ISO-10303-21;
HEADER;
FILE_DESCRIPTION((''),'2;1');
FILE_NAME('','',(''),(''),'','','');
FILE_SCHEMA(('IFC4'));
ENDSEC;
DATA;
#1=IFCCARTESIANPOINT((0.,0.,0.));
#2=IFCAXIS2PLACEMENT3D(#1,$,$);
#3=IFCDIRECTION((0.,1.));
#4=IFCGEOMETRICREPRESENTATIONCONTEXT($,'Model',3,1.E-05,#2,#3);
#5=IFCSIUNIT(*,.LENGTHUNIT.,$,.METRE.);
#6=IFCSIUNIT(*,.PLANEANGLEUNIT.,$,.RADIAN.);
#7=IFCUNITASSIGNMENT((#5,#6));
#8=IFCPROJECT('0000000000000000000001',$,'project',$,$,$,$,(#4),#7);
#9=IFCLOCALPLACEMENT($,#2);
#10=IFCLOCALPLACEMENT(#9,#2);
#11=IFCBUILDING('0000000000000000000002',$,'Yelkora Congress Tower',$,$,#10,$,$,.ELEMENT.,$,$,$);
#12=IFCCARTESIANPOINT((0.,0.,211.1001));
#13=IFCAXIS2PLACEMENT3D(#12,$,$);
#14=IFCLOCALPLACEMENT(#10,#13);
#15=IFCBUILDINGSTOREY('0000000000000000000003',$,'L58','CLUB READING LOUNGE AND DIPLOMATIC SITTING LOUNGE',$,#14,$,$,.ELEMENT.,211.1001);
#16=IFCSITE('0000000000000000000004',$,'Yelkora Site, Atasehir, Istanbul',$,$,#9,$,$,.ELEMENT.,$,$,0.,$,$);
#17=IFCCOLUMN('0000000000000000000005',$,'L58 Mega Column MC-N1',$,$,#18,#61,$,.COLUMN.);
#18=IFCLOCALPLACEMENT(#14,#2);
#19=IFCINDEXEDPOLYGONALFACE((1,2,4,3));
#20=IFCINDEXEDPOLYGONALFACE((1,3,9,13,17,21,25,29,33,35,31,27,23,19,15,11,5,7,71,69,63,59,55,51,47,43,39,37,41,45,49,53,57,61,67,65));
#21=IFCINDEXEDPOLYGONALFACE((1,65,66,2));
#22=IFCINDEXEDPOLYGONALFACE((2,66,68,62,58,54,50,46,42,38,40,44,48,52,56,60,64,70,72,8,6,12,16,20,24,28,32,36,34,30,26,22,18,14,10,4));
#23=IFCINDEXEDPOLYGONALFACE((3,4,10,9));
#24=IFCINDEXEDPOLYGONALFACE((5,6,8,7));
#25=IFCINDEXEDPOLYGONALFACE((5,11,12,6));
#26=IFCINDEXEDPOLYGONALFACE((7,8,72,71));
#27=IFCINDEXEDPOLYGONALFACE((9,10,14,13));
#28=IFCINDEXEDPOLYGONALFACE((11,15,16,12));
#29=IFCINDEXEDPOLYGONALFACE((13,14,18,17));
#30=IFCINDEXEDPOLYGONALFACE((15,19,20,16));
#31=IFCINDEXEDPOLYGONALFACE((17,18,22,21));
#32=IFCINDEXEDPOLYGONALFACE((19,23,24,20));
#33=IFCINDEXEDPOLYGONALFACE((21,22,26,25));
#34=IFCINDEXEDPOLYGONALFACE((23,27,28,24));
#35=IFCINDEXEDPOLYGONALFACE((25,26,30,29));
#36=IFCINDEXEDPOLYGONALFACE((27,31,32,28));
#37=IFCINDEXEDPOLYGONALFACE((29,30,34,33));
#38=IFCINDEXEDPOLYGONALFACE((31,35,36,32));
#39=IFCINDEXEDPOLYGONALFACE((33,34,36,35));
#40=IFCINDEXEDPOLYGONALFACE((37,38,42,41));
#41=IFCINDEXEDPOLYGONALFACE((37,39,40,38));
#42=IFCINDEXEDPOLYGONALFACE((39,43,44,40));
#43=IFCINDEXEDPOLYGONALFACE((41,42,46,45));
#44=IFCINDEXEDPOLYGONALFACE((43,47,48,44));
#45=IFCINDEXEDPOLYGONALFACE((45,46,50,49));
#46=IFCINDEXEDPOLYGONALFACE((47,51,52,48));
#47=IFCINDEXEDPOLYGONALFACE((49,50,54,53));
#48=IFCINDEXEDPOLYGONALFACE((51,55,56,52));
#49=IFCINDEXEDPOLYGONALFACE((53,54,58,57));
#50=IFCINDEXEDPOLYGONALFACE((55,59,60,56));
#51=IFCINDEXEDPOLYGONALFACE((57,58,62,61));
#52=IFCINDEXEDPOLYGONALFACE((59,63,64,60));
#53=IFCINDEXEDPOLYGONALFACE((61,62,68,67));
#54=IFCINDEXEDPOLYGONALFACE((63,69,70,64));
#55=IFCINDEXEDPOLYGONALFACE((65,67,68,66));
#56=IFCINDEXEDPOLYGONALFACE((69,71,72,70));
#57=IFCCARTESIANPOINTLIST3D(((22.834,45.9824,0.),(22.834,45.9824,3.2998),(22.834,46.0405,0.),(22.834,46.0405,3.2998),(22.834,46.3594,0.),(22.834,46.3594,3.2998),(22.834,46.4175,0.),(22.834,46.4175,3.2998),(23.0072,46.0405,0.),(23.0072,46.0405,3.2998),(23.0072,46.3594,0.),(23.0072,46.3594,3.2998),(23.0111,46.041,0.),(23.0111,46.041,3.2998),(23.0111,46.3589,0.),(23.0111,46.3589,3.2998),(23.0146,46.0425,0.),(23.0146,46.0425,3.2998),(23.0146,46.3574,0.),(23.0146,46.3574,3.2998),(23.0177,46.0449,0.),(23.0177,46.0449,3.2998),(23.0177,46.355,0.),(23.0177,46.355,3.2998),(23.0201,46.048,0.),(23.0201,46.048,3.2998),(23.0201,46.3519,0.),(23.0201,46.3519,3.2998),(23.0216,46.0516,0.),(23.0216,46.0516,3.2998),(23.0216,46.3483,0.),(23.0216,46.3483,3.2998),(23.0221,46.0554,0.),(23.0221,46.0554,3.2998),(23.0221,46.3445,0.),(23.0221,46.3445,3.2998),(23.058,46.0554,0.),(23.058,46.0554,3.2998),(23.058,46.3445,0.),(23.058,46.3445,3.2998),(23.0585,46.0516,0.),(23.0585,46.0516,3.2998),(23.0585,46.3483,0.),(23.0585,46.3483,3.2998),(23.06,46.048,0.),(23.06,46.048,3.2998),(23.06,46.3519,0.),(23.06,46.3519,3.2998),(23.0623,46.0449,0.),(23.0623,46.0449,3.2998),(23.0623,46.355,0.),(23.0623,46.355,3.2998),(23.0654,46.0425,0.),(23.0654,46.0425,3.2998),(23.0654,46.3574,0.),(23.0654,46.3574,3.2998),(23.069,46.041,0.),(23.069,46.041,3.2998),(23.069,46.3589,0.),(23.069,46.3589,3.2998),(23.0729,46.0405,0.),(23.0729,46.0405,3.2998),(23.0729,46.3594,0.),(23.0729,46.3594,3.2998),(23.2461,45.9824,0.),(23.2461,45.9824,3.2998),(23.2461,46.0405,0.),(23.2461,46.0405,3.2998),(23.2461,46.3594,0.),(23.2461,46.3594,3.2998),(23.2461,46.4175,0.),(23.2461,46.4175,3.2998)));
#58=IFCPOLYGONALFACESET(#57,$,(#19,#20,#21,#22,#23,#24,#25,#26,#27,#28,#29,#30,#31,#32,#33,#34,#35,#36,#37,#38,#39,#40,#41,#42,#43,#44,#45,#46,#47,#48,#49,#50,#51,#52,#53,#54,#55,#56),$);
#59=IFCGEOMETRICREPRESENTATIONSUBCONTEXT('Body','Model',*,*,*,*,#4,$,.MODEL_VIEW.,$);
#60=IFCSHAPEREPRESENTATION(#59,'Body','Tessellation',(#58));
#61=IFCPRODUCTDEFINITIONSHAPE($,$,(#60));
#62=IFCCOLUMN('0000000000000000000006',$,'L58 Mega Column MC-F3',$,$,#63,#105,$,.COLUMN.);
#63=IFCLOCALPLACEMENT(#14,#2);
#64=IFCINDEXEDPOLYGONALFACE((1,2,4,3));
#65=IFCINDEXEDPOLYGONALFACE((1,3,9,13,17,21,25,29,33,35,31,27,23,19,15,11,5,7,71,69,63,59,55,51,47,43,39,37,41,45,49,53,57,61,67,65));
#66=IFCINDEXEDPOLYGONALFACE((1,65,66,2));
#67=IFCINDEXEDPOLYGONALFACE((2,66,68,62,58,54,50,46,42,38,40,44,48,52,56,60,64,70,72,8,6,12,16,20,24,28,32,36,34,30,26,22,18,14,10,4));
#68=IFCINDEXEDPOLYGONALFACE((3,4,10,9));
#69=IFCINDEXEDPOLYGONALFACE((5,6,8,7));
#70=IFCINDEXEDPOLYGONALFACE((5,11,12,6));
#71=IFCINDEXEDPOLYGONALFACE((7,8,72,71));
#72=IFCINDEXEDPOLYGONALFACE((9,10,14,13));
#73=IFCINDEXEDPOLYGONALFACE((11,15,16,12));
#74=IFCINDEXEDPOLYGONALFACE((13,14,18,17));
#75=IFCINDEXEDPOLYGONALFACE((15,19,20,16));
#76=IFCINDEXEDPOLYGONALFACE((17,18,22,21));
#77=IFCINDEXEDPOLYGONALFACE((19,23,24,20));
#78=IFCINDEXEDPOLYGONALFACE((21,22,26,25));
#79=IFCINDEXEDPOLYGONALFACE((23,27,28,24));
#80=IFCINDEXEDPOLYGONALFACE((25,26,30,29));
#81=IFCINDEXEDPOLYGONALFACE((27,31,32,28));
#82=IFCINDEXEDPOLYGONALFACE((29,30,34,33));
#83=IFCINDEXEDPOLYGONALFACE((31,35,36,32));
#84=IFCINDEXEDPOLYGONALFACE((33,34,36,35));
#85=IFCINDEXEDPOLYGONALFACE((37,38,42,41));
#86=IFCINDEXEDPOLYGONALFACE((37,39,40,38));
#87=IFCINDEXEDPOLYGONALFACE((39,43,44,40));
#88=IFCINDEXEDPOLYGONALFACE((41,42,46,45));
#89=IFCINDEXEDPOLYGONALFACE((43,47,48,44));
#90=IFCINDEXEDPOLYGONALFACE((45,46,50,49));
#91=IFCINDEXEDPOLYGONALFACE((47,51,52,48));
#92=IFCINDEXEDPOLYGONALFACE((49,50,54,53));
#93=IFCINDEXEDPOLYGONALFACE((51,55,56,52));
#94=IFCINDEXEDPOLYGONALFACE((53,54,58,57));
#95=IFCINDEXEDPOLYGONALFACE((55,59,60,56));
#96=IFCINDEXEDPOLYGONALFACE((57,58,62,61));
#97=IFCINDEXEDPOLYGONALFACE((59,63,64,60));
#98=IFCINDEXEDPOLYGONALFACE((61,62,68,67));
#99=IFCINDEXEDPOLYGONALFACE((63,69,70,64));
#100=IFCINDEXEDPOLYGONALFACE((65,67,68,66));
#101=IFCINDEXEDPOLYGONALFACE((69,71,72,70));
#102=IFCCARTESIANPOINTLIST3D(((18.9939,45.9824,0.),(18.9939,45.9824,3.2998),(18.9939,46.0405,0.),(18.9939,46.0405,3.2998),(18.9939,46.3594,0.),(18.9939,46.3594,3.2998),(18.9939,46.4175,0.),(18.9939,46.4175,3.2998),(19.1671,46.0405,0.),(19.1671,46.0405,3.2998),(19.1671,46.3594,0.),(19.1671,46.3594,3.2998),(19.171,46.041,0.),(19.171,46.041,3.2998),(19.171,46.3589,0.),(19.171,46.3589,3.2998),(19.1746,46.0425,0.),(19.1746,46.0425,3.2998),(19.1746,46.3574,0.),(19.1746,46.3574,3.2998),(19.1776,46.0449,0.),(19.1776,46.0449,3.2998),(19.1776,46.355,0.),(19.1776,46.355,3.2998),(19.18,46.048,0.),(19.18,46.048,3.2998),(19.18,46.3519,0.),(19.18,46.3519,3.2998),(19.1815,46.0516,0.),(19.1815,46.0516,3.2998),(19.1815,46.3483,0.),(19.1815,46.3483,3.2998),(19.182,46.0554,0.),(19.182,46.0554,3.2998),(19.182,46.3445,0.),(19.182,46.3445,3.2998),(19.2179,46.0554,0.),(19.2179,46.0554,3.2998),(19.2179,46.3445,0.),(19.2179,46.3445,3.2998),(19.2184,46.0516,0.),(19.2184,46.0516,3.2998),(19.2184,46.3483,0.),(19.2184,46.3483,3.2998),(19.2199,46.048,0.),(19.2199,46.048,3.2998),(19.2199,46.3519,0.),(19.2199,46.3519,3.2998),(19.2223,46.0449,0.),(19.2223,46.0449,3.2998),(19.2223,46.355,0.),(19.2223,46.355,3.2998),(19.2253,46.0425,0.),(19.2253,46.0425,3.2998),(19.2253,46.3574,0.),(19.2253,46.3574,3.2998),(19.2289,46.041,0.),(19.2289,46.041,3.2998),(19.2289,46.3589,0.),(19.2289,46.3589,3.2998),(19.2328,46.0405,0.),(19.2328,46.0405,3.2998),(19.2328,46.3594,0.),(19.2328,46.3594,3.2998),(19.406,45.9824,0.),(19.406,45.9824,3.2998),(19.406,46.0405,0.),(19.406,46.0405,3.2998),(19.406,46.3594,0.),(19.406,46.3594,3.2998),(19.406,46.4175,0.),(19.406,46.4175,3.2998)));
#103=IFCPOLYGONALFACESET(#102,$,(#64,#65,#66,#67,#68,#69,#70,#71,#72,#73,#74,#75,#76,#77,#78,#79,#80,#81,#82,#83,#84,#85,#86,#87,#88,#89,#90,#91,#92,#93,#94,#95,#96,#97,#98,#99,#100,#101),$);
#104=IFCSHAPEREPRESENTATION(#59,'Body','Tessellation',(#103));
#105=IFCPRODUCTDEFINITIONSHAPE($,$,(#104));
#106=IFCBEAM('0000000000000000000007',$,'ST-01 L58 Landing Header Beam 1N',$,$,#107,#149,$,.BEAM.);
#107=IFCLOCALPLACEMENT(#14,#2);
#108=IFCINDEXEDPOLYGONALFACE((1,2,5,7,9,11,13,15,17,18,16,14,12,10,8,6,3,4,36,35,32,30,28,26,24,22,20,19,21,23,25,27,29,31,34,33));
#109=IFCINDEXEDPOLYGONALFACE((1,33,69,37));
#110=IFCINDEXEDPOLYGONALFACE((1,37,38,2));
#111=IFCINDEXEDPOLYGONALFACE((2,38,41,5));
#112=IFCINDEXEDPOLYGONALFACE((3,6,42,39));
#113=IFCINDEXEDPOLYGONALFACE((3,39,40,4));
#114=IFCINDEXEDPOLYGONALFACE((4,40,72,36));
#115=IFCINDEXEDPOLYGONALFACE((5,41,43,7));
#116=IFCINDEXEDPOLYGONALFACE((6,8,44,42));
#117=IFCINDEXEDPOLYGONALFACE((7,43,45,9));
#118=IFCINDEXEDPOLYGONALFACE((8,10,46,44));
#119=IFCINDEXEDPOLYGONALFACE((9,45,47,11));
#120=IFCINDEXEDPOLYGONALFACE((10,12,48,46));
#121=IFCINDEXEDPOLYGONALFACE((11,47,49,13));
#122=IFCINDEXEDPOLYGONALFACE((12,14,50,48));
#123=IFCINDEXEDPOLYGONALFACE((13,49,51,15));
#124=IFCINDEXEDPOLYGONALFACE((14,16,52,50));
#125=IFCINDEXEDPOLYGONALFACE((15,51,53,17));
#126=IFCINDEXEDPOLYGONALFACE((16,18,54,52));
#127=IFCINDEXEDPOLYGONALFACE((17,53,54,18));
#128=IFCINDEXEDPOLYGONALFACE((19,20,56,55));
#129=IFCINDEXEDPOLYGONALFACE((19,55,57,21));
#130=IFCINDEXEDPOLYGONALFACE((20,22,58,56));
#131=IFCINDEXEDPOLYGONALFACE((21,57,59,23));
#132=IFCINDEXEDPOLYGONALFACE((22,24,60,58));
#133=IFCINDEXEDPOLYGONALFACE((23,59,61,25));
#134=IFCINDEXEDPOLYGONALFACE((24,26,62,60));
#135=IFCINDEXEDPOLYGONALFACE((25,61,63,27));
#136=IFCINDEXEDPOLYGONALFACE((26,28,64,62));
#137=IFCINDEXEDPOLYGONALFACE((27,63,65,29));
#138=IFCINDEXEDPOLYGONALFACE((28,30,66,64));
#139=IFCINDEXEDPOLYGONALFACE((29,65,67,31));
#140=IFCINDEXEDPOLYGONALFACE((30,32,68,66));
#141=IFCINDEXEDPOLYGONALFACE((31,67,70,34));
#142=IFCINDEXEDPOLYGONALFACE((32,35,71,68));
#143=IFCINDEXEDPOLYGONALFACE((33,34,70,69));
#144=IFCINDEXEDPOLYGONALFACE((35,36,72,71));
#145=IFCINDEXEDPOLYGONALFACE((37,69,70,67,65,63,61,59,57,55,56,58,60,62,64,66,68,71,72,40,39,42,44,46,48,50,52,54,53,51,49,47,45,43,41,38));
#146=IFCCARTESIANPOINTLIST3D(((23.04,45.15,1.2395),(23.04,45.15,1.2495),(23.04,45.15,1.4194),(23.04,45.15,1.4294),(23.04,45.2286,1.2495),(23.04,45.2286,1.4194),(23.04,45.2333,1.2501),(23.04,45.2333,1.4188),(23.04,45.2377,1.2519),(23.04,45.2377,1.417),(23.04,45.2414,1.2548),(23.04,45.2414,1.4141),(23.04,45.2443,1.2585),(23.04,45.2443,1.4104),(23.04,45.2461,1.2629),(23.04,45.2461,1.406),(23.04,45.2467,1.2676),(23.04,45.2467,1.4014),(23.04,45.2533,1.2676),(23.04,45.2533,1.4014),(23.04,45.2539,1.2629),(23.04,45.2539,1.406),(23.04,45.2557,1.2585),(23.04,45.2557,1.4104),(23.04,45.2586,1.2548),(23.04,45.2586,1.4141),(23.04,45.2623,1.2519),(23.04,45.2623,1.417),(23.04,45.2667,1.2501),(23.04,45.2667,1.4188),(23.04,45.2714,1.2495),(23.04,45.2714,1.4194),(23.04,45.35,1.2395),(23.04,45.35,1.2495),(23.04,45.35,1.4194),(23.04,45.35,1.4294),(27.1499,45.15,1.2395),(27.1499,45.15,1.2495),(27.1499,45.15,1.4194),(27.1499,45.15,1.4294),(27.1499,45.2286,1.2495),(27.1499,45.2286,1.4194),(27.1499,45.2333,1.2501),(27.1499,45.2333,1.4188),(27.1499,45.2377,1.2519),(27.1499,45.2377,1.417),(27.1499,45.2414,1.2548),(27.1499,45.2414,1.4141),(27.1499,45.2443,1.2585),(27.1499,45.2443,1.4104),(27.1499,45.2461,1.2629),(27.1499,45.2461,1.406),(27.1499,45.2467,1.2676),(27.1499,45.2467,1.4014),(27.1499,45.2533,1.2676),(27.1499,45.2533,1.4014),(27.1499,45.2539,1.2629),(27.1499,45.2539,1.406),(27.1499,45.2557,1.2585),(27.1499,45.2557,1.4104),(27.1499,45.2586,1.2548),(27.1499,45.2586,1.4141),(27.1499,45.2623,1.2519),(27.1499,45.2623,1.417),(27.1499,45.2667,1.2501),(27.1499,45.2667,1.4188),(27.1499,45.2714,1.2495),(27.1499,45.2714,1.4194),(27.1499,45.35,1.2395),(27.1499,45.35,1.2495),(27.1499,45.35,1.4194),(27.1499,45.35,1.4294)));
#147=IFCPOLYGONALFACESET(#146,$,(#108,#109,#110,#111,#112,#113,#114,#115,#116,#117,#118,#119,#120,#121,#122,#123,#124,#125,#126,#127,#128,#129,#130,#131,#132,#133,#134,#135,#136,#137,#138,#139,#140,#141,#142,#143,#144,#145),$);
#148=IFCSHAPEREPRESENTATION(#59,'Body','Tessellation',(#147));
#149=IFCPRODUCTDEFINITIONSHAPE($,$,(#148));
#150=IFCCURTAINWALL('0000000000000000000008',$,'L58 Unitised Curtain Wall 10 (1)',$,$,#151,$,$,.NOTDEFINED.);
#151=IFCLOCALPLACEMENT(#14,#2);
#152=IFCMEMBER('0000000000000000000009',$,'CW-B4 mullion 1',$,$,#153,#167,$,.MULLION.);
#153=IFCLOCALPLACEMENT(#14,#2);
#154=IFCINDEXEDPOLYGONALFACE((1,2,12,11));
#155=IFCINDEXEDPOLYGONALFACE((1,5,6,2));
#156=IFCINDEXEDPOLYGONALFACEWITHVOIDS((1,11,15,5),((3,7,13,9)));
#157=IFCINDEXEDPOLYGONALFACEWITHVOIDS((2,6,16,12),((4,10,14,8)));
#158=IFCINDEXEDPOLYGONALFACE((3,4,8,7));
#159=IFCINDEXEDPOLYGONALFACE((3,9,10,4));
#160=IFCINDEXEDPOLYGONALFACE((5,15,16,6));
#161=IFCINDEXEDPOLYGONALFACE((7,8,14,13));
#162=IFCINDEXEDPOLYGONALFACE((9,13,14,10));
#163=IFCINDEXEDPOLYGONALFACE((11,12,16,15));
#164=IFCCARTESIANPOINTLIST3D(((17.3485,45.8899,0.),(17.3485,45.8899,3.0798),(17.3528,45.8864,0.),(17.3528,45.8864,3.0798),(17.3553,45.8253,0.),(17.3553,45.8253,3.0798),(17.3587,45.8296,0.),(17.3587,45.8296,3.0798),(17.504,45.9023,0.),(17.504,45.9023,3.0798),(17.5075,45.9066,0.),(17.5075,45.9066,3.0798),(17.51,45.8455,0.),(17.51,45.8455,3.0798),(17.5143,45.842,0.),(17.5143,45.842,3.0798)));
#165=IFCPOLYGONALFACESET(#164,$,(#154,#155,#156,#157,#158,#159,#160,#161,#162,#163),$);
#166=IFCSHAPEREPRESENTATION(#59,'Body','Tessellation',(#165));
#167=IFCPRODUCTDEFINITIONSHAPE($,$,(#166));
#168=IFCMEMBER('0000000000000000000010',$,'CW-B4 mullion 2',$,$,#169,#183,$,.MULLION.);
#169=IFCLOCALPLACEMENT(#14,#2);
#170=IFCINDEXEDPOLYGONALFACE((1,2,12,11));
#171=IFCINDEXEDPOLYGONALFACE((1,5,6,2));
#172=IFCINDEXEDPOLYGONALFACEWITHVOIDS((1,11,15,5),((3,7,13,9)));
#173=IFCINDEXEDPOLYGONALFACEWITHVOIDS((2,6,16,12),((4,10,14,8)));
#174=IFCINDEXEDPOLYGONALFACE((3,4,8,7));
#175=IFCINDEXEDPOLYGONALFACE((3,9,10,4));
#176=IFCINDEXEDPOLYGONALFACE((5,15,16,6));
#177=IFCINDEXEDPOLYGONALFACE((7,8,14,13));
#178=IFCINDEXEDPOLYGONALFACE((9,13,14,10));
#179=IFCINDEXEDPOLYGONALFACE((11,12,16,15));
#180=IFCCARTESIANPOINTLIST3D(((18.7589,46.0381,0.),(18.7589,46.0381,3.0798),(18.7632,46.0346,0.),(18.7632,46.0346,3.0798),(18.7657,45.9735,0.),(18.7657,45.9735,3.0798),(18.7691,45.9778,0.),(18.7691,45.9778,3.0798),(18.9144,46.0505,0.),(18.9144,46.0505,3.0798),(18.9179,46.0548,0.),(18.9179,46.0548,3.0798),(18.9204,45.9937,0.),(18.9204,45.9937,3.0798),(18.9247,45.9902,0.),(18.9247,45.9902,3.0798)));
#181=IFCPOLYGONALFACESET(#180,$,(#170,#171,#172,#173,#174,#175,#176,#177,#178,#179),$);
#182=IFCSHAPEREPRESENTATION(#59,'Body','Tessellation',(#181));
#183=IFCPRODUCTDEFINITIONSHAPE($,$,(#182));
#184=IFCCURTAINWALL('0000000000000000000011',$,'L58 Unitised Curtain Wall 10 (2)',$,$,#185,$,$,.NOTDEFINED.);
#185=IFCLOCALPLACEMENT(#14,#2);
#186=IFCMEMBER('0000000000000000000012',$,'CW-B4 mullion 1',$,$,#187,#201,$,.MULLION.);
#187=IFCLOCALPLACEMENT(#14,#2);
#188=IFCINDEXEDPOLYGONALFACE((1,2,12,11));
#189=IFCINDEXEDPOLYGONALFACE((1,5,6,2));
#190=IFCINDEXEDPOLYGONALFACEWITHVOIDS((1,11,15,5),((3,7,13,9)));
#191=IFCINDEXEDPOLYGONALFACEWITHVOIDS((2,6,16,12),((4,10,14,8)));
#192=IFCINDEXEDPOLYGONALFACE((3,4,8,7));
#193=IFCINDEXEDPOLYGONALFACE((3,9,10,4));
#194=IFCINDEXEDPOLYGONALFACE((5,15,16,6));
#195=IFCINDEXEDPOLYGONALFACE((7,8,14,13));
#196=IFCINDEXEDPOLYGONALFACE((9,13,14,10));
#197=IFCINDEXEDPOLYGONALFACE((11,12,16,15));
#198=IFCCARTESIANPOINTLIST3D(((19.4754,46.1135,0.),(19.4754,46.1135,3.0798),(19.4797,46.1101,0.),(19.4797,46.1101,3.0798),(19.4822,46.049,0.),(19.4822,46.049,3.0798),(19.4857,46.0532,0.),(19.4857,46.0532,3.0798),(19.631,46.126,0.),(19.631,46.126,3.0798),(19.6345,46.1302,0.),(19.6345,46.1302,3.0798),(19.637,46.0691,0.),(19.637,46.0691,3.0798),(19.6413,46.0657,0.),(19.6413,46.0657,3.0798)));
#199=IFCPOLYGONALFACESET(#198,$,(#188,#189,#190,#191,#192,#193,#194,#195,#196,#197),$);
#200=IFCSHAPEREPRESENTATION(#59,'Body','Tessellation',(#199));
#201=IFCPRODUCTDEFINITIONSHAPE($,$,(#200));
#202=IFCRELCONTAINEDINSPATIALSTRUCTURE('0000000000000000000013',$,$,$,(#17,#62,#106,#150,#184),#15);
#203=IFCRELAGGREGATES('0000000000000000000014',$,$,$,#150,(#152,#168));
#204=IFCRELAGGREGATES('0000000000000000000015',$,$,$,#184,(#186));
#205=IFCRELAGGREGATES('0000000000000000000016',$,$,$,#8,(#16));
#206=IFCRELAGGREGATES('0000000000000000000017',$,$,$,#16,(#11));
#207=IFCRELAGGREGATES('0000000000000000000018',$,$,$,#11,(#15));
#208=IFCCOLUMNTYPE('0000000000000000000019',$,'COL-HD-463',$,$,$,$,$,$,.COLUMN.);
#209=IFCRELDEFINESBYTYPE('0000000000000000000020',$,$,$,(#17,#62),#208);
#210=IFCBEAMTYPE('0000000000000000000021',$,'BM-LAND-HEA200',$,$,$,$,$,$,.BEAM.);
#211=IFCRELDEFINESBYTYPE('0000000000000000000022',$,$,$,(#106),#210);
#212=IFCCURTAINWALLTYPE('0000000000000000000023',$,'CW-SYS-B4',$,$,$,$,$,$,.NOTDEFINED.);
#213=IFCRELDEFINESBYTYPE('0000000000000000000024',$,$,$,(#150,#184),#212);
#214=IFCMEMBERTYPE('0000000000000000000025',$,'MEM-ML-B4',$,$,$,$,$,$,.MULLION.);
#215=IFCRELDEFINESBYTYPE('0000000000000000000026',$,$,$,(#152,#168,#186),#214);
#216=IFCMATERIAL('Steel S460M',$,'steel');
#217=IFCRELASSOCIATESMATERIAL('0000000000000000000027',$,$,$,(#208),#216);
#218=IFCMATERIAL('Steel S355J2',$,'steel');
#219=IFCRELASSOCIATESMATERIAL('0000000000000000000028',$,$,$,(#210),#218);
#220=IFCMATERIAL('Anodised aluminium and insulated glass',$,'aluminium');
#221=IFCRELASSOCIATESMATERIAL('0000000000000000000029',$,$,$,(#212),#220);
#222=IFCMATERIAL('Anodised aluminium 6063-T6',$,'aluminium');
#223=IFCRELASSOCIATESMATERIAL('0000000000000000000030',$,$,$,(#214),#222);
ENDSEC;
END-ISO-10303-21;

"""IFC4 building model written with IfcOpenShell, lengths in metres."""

from ifc_helpers import new_model, si_unit, direction, frame, origin, origin_2d, place, context, subcontext, project, spatial, hollow_rectangle, i_section, extrude, material, material_profile, profile_set, type_object, element, aggregate, save


model = new_model("IFC4")

# Units and contexts
model_context = context("Model", 3, precision=1e-05, world=origin(), true_north=direction((0.0, 1.0)))
body_context = subcontext(model_context, "Body", "Model", "MODEL_VIEW")
ifc_project = project(units=[si_unit("LENGTHUNIT", "METRE"), si_unit("PLANEANGLEUNIT", "RADIAN")], contexts=[model_context])

# Site, building, storey
site_placement = place(None, origin())
site = spatial("IfcSite", under=ifc_project, at=site_placement, Name="Yelkora Site, Atasehir, Istanbul", CompositionType="ELEMENT", RefElevation=0.0)
building_placement = place(site_placement, origin())
building = spatial("IfcBuilding", under=site, at=building_placement, Name="Yelkora Congress Tower", CompositionType="ELEMENT")
storey_placement = place(building_placement, frame((0.0, 0.0, 211.1001)))
storey = spatial("IfcBuildingStorey", under=building, at=storey_placement, Name="L58", Description="CLUB READING LOUNGE AND DIPLOMATIC SITTING LOUNGE", CompositionType="ELEMENT", Elevation=211.1001)

# Columns
ifc_material_1 = material(Name="Steel S460M", Category="steel")
ifc_material_profile_1 = material_profile(ifc_material_1, i_section(OverallWidth=0.4121, OverallDepth=0.4351, WebThickness=0.0359, FlangeThickness=0.0581, FilletRadius=0.0149, at=origin_2d()), Name="HD 400x463")
ifc_profile_set_1 = profile_set([ifc_material_profile_1], Name="Steel S460M")
column_type = type_object("IfcColumnType", Name="COL-HD-463", PredefinedType="COLUMN", material=ifc_profile_set_1)
for number, where, z_axis, x_axis, name in (
    (1, (23.04, 46.2, 0.0), (0.0, 0.0, 1.0), (1.0, 0.0, 0.0), "L58 Mega Column MC-N1"),
    (2, (19.2, 46.2, 0.0), (0.0, 0.0, 1.0), (1.0, 0.0, 0.0), "L58 Mega Column MC-F3"),
):
    element("IfcColumn", number, at=place(storey_placement, frame(where, z_axis=z_axis, x_axis=x_axis)), inside=storey, type_object=column_type, Name=name, PredefinedType="COLUMN", context=body_context, shape_type="SweptSolid", body=[
        extrude(i_section(OverallWidth=0.4121, OverallDepth=0.4351, WebThickness=0.0359, FlangeThickness=0.0581, FilletRadius=0.0149, at=origin_2d()), origin(), (0.0, 0.0, 1.0), 3.2998),
    ])

# Beam
ifc_material_2 = material(Name="Steel S355J2", Category="steel")
ifc_material_profile_2 = material_profile(ifc_material_2, i_section(OverallWidth=0.2, OverallDepth=0.1899, WebThickness=0.0066, FlangeThickness=0.01, FilletRadius=0.0181, at=origin_2d()), Name="HEA 200")
ifc_profile_set_2 = profile_set([ifc_material_profile_2], Name="Steel S355J2")
beam_type = type_object("IfcBeamType", Name="BM-LAND-HEA200", PredefinedType="BEAM", material=ifc_profile_set_2)
beam_placement = place(storey_placement, frame((23.04, 45.25, 1.3345), z_axis=(1.0, 0.0, 0.0), x_axis=(0.0, 1.0, 0.0)))
element("IfcBeam", 3, at=beam_placement, inside=storey, type_object=beam_type, Name="ST-01 L58 Landing Header Beam 1N", PredefinedType="BEAM", context=body_context, shape_type="SweptSolid", body=[
    extrude(i_section(OverallWidth=0.2, OverallDepth=0.1899, WebThickness=0.0066, FlangeThickness=0.01, FilletRadius=0.0181, at=origin_2d()), origin(), (0.0, 0.0, 1.0), 4.1099),
])

# Curtain walls, members
ifc_material_3 = material(Name="Anodised aluminium and insulated glass", Category="aluminium")
curtain_wall_type = type_object("IfcCurtainWallType", Name="CW-SYS-B4", PredefinedType="NOTDEFINED", material=ifc_material_3)
curtain_wall_1_placement = place(storey_placement, origin())
curtain_wall_1 = element("IfcCurtainWall", 4, at=curtain_wall_1_placement, inside=storey, type_object=curtain_wall_type, Name="L58 Unitised Curtain Wall 10 (1)", PredefinedType="NOTDEFINED")
ifc_material_4 = material(Name="Anodised aluminium 6063-T6", Category="aluminium")
ifc_material_profile_3 = material_profile(ifc_material_4, hollow_rectangle(XDim=0.0649, YDim=0.1599, WallThickness=0.0039, at=origin_2d()), Name="ALU 65x160x4")
ifc_profile_set_3 = profile_set([ifc_material_profile_3], Name="Anodised aluminium 6063-T6")
member_type_1 = type_object("IfcMemberType", Name="MEM-ML-B4", PredefinedType="MULLION", material=ifc_profile_set_3)
member_1_placement = place(storey_placement, frame((17.4314, 45.866, 0.0), z_axis=(0.0, 0.0, 1.0), x_axis=(-0.104509, 0.994524, 0.0)))
member_1 = element("IfcMember", 5, at=member_1_placement, type_object=member_type_1, Name="CW-B4 mullion 1", PredefinedType="MULLION", context=body_context, shape_type="SweptSolid", body=[
    extrude(hollow_rectangle(XDim=0.0649, YDim=0.1599, WallThickness=0.0039, at=origin_2d()), origin(), (0.0, 0.0, 1.0), 3.0798),
])
member_2_placement = place(storey_placement, frame((18.8418, 46.0142, 0.0), z_axis=(0.0, 0.0, 1.0), x_axis=(-0.104509, 0.994524, 0.0)))
member_2 = element("IfcMember", 6, at=member_2_placement, type_object=member_type_1, Name="CW-B4 mullion 2", PredefinedType="MULLION", context=body_context, shape_type="SweptSolid", body=[
    extrude(hollow_rectangle(XDim=0.0649, YDim=0.1599, WallThickness=0.0039, at=origin_2d()), origin(), (0.0, 0.0, 1.0), 3.0798),
])
curtain_wall_2_placement = place(storey_placement, origin())
curtain_wall_2 = element("IfcCurtainWall", 7, at=curtain_wall_2_placement, inside=storey, type_object=curtain_wall_type, Name="L58 Unitised Curtain Wall 10 (2)", PredefinedType="NOTDEFINED")
member_3_placement = place(storey_placement, frame((19.5583, 46.0896, 0.0), z_axis=(0.0, 0.0, 1.0), x_axis=(-0.104506, 0.994524, 0.0)))
member_3 = element("IfcMember", 8, at=member_3_placement, type_object=member_type_1, Name="CW-B4 mullion 1", PredefinedType="MULLION", context=body_context, shape_type="SweptSolid", body=[
    extrude(hollow_rectangle(XDim=0.0649, YDim=0.1599, WallThickness=0.0039, at=origin_2d()), origin(), (0.0, 0.0, 1.0), 3.0798),
])

aggregate(curtain_wall_1, [member_1, member_2])
aggregate(curtain_wall_2, [member_3])

save(model, "model.ifc")
